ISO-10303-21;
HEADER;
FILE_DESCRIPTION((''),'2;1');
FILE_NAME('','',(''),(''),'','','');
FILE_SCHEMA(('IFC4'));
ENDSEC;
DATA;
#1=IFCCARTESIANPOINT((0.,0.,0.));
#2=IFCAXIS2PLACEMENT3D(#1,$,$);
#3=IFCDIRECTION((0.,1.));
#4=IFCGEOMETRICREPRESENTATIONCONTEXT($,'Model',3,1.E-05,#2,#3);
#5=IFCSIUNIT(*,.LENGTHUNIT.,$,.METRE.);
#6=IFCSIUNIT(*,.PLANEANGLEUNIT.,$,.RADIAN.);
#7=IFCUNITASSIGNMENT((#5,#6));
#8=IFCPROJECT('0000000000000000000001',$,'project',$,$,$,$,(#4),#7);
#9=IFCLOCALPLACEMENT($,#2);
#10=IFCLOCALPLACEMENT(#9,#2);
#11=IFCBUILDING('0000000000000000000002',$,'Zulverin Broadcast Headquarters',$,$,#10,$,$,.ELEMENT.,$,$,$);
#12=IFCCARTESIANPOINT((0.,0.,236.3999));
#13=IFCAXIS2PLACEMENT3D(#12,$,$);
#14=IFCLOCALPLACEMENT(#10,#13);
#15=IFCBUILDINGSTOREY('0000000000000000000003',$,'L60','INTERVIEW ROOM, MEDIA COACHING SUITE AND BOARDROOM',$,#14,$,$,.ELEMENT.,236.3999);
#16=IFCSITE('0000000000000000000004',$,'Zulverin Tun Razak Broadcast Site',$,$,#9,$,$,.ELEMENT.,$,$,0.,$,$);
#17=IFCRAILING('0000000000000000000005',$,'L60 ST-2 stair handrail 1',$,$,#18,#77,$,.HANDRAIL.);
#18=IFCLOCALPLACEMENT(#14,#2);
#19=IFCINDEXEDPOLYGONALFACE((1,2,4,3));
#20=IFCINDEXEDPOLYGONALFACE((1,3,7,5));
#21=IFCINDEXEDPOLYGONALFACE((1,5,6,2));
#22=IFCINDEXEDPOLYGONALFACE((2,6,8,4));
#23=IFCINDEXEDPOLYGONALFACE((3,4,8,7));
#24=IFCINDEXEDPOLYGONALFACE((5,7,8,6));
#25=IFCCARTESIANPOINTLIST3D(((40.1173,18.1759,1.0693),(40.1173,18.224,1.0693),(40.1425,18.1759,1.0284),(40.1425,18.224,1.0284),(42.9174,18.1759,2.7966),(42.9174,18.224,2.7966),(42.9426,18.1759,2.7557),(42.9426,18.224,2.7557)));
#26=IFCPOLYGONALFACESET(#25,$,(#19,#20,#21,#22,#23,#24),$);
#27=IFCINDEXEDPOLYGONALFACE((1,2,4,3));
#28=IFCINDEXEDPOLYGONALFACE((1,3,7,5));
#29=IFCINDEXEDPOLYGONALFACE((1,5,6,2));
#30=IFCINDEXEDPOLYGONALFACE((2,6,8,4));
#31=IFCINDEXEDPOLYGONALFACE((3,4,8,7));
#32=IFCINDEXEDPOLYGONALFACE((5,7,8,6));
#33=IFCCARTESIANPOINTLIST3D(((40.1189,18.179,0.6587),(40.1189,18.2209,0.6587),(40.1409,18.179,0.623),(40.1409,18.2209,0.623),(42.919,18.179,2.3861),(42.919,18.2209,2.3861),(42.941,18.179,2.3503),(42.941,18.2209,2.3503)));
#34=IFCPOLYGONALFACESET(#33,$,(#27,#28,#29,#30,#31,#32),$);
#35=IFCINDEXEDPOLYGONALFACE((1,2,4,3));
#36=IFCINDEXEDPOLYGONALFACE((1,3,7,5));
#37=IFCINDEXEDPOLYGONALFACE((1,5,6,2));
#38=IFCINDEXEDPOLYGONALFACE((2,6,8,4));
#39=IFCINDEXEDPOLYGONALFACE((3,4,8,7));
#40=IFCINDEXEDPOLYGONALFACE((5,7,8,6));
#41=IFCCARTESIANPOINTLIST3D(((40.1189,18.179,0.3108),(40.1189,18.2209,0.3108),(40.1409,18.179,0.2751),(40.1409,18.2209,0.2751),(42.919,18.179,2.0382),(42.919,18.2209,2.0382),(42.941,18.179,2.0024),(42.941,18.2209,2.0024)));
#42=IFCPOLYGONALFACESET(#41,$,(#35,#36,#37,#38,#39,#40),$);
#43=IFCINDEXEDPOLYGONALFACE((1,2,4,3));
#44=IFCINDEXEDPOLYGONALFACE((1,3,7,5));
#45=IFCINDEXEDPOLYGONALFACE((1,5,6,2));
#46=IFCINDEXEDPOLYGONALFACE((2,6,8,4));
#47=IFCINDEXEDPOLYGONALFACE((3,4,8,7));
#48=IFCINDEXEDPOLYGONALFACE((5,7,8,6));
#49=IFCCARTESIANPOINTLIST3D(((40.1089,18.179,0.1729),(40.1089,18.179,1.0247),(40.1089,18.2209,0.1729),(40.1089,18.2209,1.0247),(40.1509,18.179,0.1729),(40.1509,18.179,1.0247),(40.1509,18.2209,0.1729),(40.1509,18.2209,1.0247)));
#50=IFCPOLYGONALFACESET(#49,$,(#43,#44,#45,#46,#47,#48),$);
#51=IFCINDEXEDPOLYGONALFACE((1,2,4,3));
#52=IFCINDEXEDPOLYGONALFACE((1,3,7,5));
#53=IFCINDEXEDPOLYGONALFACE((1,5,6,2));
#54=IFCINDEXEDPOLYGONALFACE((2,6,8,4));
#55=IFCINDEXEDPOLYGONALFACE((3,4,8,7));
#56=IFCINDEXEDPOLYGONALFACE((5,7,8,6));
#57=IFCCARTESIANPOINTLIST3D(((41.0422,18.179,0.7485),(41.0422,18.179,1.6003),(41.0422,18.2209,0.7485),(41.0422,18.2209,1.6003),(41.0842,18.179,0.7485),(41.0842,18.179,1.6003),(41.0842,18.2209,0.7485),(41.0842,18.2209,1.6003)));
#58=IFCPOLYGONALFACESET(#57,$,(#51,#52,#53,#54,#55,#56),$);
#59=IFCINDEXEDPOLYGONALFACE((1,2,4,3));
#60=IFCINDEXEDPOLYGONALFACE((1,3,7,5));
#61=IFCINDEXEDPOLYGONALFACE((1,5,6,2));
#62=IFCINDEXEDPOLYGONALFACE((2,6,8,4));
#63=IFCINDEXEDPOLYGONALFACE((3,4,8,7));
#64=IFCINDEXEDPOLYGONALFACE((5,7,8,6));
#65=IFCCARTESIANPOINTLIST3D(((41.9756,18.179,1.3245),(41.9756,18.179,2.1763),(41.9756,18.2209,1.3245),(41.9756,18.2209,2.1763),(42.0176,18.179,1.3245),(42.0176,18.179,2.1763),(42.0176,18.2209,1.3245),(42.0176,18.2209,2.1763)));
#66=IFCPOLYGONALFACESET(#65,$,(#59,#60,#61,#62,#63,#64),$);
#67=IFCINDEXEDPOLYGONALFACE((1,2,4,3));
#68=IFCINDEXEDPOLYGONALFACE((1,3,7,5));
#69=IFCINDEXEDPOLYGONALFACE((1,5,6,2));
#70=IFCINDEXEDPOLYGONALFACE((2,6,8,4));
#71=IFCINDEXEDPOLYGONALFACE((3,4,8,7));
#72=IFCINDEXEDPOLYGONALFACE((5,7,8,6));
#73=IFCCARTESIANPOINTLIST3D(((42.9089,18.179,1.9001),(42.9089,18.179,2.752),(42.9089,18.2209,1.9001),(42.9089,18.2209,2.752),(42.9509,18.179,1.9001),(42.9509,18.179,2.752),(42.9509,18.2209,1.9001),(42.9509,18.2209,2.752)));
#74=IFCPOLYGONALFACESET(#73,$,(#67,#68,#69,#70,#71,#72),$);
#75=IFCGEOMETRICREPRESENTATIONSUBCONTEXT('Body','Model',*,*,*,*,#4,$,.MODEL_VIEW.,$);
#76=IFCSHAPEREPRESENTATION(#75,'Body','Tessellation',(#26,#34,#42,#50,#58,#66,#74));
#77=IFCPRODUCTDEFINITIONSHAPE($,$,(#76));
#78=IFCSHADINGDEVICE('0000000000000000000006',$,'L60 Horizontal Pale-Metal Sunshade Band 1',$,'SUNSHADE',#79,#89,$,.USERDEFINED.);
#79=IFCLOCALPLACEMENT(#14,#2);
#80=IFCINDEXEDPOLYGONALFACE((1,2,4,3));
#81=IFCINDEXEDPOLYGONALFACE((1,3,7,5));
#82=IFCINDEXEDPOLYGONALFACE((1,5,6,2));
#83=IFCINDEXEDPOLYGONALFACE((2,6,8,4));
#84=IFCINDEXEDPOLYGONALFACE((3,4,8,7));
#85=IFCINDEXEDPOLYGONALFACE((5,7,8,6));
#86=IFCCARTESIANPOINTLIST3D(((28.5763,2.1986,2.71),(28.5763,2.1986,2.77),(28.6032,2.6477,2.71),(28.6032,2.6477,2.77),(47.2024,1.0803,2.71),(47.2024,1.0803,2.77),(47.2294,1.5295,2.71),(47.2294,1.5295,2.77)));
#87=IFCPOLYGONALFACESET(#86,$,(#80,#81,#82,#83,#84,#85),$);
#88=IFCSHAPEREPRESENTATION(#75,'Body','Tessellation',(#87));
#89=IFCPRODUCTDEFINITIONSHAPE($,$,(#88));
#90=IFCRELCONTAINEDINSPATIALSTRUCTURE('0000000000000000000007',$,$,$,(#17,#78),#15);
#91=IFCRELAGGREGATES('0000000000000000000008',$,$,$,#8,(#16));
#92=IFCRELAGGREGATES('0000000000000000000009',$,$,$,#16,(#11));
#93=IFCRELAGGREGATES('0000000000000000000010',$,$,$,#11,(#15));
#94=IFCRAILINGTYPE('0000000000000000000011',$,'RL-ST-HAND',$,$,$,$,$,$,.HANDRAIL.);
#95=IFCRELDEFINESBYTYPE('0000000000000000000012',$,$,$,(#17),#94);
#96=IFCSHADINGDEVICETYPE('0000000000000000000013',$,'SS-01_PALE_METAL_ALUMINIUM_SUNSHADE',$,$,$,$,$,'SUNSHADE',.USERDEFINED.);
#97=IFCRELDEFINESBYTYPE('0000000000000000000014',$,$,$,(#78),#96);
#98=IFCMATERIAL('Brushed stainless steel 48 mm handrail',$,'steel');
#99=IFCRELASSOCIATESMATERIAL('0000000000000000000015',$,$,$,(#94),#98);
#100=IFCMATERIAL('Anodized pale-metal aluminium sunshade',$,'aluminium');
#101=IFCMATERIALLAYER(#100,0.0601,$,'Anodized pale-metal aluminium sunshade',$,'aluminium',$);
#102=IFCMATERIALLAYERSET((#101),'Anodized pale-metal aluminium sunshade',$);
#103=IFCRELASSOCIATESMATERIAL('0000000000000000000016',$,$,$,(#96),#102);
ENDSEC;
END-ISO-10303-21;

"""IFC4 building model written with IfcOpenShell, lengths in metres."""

from ifc_helpers import new_model, si_unit, direction, frame, origin, origin_2d, place, context, subcontext, project, spatial, rectangle, extrude, material, layer, layer_set, type_object, element, save


model = new_model("IFC4")

# Units and contexts
model_context = context("Model", 3, precision=1e-05, world=origin(), true_north=direction((0.0, 1.0)))
body_context = subcontext(model_context, "Body", "Model", "MODEL_VIEW")
ifc_project = project(units=[si_unit("LENGTHUNIT", "METRE"), si_unit("PLANEANGLEUNIT", "RADIAN")], contexts=[model_context])

# Site, building, storey
site_placement = place(None, origin())
site = spatial("IfcSite", under=ifc_project, at=site_placement, Name="Zulverin Tun Razak Broadcast Site", CompositionType="ELEMENT", RefElevation=0.0)
building_placement = place(site_placement, origin())
building = spatial("IfcBuilding", under=site, at=building_placement, Name="Zulverin Broadcast Headquarters", CompositionType="ELEMENT")
storey_placement = place(building_placement, frame((0.0, 0.0, 236.3999)))
storey = spatial("IfcBuildingStorey", under=building, at=storey_placement, Name="L60", Description="INTERVIEW ROOM, MEDIA COACHING SUITE AND BOARDROOM", CompositionType="ELEMENT", Elevation=236.3999)

# Railing
ifc_material_1 = material(Name="Brushed stainless steel 48 mm handrail", Category="steel")
railing_type_1 = type_object("IfcRailingType", Name="RL-ST-HAND", PredefinedType="HANDRAIL", material=ifc_material_1)
railing_1_placement = place(storey_placement, frame((40.1299, 18.2, 0.1729)))
element("IfcRailing", 1, at=railing_1_placement, inside=storey, type_object=railing_type_1, Name="L60 ST-2 stair handrail 1", PredefinedType="HANDRAIL", context=body_context, shape_type="SweptSolid", body=[
    extrude(rectangle(XDim=0.0481, YDim=0.0481, at=origin_2d()), frame((0.0, 0.0, 0.876), z_axis=(0.85109, 0.0, 0.52502), x_axis=(0.0, 1.0, 0.0)), (0.0, 0.0, 1.0), 3.29),
    extrude(rectangle(XDim=0.042, YDim=0.042, at=origin_2d()), frame((0.0, 0.0, 0.468), z_axis=(0.85109, 0.0, 0.52502), x_axis=(0.0, 1.0, 0.0)), (0.0, 0.0, 1.0), 3.29),
    extrude(rectangle(XDim=0.042, YDim=0.042, at=origin_2d()), frame((0.0, 0.0, 0.1201), z_axis=(0.85109, 0.0, 0.52502), x_axis=(0.0, 1.0, 0.0)), (0.0, 0.0, 1.0), 3.29),
    extrude(rectangle(XDim=0.042, YDim=0.042, at=origin_2d()), origin(), (0.0, 0.0, 1.0), 0.8518),
    extrude(rectangle(XDim=0.042, YDim=0.042, at=origin_2d()), frame((0.9333, 0.0, 0.5757)), (0.0, 0.0, 1.0), 0.8518),
    extrude(rectangle(XDim=0.042, YDim=0.042, at=origin_2d()), frame((1.8667, 0.0, 1.1516)), (0.0, 0.0, 1.0), 0.8518),
    extrude(rectangle(XDim=0.042, YDim=0.042, at=origin_2d()), frame((2.8, 0.0, 1.7273)), (0.0, 0.0, 1.0), 0.8518),
])

# Shading device
ifc_material_2 = material(Name="Anodized pale-metal aluminium sunshade", Category="aluminium")
ifc_layer_1 = layer(ifc_material_2, 0.0601, Name="Anodized pale-metal aluminium sunshade", Category="aluminium")
ifc_layer_set_1 = layer_set([ifc_layer_1], Name="Anodized pale-metal aluminium sunshade")
shading_device_type = type_object("IfcShadingDeviceType", Name="SS-01_PALE_METAL_ALUMINIUM_SUNSHADE", ElementType="SUNSHADE", PredefinedType="USERDEFINED", material=ifc_layer_set_1)
shading_device_placement = place(storey_placement, frame((37.9028, 1.864, 2.71), z_axis=(0.0, 0.0, 1.0), x_axis=(0.998203, -0.059928, 0.0)))
element("IfcShadingDevice", 2, at=shading_device_placement, inside=storey, type_object=shading_device_type, Name="L60 Horizontal Pale-Metal Sunshade Band 1", ObjectType="SUNSHADE", PredefinedType="USERDEFINED", context=body_context, shape_type="SweptSolid", body=[
    extrude(rectangle(XDim=18.6597, YDim=0.45, at=origin_2d()), origin(), (0.0, 0.0, 1.0), 0.0601),
])

save(model, "model.ifc")
